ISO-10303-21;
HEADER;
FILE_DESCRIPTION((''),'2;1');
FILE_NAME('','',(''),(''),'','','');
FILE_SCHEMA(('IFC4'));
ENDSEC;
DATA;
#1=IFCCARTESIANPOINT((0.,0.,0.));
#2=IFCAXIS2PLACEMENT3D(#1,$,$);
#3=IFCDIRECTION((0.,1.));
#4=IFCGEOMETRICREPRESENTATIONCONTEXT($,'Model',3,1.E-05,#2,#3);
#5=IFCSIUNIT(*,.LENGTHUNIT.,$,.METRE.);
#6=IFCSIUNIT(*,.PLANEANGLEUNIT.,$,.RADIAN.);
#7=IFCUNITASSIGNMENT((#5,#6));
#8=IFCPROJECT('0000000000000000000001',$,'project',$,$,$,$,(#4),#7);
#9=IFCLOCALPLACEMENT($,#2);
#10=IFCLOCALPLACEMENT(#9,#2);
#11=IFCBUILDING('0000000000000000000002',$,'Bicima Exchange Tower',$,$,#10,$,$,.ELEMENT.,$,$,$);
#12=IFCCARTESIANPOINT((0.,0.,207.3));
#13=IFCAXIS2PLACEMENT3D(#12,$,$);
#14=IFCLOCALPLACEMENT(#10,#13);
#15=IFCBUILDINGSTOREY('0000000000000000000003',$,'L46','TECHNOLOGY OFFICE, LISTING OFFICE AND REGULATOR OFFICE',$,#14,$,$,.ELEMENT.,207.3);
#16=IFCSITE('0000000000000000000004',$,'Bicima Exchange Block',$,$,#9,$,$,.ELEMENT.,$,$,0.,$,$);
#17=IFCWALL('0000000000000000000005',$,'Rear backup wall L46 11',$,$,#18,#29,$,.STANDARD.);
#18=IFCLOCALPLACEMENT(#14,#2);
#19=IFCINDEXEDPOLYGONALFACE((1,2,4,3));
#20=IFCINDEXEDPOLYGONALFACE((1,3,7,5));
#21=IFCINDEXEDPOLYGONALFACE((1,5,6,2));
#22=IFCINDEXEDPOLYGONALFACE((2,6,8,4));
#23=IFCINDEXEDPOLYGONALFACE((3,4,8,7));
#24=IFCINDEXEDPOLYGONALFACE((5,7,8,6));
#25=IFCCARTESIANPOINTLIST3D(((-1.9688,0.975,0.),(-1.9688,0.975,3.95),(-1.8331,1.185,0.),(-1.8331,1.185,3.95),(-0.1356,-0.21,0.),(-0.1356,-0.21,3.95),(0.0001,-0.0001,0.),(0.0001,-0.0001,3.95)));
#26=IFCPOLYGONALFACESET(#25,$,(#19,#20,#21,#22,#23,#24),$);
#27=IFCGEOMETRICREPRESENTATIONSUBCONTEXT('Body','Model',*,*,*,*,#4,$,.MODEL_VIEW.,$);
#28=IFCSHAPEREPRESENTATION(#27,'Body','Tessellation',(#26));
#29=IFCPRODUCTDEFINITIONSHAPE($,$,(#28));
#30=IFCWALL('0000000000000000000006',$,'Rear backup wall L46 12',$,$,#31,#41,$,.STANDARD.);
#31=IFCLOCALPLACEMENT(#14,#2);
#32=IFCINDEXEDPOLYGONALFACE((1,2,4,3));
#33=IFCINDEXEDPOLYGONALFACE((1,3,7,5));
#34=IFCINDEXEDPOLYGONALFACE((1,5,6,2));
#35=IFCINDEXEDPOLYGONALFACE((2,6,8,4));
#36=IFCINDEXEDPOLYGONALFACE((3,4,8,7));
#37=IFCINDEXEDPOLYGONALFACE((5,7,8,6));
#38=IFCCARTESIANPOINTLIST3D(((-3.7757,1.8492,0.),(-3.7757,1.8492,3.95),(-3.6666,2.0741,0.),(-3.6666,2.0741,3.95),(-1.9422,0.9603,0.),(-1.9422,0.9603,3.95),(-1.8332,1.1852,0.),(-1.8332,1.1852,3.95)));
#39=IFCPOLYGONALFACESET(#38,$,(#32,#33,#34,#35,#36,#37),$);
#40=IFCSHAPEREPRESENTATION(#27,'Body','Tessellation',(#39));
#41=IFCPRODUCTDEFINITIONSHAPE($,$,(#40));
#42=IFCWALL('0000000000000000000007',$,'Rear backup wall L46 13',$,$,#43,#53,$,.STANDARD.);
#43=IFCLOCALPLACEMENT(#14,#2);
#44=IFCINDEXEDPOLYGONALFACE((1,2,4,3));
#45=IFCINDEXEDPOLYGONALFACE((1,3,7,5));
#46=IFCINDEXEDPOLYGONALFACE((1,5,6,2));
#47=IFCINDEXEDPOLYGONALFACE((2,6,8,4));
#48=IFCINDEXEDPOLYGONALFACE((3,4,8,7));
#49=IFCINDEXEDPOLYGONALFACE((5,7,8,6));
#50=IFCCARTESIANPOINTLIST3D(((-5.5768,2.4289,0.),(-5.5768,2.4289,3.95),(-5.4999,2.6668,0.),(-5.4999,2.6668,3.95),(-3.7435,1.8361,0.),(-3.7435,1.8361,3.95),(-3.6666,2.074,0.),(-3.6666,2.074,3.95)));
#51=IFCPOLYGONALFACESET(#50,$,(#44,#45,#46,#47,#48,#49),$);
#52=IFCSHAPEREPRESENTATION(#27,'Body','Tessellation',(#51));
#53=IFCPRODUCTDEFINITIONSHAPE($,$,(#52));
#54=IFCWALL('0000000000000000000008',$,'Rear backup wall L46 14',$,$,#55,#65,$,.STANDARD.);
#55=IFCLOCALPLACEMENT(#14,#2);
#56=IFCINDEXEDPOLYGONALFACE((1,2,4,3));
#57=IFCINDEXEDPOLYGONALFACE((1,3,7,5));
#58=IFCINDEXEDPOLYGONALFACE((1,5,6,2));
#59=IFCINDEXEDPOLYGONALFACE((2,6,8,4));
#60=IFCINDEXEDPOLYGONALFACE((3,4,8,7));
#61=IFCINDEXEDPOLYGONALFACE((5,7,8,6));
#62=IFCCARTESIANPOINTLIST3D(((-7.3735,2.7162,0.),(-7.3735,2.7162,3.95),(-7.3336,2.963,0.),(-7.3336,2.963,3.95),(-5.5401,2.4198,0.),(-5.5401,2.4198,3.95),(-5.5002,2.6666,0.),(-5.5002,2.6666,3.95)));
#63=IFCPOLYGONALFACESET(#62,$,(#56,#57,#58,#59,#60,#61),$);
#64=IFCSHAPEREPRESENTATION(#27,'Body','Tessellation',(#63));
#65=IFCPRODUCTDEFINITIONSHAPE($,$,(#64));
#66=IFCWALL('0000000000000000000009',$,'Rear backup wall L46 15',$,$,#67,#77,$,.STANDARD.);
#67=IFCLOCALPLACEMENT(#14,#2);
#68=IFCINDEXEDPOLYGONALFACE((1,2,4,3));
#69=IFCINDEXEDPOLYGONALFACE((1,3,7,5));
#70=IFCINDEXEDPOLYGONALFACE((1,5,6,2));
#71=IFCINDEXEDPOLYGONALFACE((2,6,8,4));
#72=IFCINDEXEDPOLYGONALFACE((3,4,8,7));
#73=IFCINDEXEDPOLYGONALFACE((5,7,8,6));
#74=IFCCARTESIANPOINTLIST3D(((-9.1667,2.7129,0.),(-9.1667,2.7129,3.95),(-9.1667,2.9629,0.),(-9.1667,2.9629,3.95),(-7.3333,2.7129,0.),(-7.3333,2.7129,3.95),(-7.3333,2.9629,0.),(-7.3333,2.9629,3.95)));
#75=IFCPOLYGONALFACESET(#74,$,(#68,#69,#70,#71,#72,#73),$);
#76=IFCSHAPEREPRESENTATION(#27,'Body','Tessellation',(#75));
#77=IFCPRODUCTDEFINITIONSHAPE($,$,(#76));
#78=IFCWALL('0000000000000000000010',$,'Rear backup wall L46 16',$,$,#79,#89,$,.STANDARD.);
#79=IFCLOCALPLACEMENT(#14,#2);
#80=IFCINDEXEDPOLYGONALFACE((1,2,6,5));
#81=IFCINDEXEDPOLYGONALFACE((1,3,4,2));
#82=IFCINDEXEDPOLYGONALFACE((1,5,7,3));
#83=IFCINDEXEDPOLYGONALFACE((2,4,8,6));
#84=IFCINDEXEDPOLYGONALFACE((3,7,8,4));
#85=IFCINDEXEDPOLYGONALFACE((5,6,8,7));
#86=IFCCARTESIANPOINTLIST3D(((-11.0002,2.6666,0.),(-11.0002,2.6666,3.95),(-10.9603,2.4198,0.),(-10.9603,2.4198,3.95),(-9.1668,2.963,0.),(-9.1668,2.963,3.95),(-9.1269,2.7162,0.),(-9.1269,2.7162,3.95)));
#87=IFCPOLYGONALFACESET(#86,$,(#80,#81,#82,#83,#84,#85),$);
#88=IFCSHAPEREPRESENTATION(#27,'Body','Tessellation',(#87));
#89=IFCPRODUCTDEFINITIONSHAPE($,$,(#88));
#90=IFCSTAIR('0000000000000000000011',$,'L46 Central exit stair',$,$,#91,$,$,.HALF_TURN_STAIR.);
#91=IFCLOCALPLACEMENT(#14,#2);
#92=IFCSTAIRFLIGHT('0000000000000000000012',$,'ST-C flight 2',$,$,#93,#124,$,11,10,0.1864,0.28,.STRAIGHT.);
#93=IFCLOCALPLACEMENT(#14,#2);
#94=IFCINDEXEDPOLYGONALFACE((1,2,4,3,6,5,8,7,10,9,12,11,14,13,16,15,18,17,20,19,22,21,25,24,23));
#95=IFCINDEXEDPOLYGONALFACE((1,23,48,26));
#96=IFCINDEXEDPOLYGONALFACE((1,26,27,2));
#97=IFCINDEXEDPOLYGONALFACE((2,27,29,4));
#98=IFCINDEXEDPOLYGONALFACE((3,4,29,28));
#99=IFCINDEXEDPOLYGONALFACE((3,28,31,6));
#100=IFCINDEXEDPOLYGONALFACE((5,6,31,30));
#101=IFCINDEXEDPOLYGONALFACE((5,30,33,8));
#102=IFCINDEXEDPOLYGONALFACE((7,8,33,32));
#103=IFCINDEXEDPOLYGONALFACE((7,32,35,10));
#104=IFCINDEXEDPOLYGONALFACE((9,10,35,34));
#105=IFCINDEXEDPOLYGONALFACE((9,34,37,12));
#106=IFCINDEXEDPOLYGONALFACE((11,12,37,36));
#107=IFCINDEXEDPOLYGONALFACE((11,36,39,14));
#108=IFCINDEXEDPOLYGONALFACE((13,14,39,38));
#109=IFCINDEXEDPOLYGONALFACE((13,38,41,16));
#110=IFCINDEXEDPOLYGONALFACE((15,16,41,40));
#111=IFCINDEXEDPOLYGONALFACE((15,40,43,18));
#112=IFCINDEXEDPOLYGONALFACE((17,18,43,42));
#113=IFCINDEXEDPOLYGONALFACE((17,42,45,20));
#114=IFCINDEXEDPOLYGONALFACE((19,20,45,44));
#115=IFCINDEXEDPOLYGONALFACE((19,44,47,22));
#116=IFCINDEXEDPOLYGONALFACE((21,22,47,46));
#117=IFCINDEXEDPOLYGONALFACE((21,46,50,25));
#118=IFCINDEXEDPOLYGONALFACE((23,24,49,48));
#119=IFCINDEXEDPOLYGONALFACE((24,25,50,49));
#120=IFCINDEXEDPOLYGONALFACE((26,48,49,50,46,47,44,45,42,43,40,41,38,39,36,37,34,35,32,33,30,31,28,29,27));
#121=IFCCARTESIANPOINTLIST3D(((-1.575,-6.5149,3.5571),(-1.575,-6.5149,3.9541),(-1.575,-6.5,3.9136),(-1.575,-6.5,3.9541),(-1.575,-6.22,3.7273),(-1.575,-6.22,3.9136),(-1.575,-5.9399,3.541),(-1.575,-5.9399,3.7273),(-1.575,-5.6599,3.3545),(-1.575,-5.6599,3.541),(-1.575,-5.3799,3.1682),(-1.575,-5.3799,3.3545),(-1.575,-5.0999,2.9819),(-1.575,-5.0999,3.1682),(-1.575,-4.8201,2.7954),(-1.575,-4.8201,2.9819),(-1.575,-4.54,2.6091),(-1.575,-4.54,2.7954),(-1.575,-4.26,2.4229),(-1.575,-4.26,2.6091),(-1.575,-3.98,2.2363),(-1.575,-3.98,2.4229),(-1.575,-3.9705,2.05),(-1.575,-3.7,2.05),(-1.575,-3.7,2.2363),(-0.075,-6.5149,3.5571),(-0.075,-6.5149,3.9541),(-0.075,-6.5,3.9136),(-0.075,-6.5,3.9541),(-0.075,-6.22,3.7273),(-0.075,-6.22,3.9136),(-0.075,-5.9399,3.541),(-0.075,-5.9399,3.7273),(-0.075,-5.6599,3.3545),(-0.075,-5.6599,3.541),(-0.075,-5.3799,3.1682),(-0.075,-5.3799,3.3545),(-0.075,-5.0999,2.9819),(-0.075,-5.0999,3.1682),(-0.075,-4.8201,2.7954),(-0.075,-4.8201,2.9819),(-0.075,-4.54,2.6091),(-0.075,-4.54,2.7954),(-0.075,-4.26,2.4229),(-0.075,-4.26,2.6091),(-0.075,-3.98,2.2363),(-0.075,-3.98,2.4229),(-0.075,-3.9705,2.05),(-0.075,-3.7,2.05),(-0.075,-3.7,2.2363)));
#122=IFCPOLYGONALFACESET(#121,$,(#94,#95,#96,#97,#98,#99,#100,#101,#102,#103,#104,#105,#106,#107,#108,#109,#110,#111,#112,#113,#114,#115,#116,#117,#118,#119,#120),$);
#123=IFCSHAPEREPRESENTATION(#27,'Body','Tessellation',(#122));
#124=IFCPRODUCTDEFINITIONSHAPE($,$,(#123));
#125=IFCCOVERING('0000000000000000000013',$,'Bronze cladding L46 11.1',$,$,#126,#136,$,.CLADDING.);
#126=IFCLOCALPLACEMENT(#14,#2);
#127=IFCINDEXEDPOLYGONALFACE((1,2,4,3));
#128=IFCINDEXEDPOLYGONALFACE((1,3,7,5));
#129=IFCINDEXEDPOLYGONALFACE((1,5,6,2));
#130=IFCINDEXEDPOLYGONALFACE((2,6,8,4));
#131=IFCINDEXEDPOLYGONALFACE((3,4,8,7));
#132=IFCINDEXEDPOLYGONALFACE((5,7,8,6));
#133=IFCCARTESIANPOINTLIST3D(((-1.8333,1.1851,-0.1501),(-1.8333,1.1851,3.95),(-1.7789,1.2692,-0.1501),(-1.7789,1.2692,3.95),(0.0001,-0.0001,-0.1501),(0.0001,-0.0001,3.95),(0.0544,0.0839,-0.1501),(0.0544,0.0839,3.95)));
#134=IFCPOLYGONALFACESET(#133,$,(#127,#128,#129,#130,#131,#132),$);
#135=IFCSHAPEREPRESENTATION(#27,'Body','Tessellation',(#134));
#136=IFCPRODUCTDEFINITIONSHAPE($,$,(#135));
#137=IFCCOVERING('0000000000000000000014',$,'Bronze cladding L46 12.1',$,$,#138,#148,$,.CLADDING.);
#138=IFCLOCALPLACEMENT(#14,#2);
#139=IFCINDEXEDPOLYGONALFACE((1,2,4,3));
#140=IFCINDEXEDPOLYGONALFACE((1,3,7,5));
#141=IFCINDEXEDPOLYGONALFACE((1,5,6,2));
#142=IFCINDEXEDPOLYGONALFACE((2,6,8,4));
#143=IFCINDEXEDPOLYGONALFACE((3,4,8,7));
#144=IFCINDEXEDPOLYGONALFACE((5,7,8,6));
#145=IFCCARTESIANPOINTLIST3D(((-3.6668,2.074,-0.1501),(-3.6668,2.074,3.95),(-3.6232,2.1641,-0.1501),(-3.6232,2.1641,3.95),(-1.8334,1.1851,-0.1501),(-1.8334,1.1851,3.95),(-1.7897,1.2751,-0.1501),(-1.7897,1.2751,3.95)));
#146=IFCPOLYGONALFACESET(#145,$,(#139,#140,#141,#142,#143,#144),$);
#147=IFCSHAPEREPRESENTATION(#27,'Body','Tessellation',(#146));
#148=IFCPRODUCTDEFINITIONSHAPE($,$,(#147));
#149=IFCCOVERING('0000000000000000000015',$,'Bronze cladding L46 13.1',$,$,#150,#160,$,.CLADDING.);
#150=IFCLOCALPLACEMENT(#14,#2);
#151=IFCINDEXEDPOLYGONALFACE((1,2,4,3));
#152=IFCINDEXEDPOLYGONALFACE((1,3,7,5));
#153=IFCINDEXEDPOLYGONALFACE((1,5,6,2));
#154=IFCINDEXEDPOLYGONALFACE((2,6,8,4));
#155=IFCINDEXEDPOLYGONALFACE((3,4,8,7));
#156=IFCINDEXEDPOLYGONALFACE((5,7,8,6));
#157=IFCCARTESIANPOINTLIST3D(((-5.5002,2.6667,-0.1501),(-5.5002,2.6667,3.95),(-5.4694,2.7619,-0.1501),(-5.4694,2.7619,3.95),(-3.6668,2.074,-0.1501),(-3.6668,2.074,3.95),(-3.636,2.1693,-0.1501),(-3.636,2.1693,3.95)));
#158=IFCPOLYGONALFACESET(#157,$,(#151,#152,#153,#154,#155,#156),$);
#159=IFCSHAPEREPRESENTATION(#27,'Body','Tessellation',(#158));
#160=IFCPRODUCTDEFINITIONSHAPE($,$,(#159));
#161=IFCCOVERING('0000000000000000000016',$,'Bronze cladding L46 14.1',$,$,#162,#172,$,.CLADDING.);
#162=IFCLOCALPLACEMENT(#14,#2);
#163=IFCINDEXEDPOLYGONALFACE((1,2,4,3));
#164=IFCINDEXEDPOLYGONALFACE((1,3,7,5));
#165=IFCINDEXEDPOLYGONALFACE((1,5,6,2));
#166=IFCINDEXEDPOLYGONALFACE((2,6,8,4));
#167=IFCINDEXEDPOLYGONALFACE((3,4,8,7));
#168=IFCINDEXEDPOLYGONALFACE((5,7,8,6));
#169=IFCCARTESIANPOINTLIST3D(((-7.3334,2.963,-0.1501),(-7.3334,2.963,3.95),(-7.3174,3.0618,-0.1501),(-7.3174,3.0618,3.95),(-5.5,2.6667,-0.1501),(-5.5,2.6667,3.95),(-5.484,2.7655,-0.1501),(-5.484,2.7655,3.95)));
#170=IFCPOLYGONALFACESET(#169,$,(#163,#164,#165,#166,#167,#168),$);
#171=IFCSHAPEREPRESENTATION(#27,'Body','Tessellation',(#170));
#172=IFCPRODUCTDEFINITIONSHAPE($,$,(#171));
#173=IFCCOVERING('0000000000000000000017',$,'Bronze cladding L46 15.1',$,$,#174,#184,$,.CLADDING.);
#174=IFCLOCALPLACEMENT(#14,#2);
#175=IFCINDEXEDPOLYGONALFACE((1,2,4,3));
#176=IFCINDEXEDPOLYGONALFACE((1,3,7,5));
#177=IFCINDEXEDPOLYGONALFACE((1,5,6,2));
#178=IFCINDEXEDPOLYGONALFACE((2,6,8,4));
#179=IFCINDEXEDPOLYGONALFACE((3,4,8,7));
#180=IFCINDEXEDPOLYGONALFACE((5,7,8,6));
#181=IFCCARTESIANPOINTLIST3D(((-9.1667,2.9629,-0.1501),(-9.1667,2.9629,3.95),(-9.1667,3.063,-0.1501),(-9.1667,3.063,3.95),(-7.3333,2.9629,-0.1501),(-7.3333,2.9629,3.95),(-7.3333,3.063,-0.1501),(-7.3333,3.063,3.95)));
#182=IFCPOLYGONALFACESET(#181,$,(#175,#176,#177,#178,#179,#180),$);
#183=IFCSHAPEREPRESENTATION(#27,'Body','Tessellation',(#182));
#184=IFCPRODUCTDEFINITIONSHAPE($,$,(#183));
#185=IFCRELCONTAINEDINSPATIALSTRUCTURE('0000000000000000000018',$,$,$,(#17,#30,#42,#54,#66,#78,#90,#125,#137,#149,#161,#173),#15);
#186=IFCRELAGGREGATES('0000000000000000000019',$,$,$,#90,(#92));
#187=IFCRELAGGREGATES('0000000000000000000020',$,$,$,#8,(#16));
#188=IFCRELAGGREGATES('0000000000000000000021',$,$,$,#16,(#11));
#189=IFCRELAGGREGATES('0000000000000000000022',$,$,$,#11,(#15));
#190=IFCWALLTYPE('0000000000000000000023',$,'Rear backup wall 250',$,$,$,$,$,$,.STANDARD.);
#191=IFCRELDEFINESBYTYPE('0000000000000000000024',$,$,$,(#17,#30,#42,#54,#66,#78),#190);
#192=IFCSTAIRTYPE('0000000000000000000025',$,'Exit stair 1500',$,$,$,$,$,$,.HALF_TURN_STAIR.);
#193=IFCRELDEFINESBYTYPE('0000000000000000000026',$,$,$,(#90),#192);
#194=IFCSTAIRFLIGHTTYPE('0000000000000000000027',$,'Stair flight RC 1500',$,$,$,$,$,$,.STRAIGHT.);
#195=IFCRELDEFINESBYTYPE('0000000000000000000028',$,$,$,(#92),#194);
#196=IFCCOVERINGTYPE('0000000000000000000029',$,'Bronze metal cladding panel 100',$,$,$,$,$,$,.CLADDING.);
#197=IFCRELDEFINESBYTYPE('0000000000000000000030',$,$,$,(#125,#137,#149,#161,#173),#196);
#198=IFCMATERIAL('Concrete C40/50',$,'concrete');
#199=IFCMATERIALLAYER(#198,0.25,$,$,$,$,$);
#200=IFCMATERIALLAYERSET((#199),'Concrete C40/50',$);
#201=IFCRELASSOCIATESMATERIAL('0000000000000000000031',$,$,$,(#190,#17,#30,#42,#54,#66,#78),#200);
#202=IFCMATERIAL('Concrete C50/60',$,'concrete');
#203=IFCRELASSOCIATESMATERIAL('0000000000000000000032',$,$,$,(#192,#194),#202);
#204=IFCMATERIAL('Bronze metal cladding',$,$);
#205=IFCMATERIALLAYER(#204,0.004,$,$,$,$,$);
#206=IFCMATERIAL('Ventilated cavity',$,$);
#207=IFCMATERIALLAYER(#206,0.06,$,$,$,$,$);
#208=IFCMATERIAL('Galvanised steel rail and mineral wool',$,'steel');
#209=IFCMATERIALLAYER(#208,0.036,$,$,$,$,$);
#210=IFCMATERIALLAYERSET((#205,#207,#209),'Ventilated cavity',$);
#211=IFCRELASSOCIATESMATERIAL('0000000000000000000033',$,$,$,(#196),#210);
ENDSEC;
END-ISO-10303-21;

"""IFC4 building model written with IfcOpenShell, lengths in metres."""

from ifc_helpers import new_model, si_unit, direction, frame, frame_2d, origin, origin_2d, place, context, subcontext, project, spatial, polyline, rectangle, outline, extrude, material, layer, layer_set, layer_usage, type_object, element, aggregate, save


model = new_model("IFC4")

# Units and contexts
model_context = context("Model", 3, precision=1e-05, world=origin(), true_north=direction((0.0, 1.0)))
body_context = subcontext(model_context, "Body", "Model", "MODEL_VIEW")
ifc_project = project(units=[si_unit("LENGTHUNIT", "METRE"), si_unit("PLANEANGLEUNIT", "RADIAN")], contexts=[model_context])

# Site, building, storey
site_placement = place(None, origin())
site = spatial("IfcSite", under=ifc_project, at=site_placement, Name="Bicima Exchange Block", CompositionType="ELEMENT", RefElevation=0.0)
building_placement = place(site_placement, origin())
building = spatial("IfcBuilding", under=site, at=building_placement, Name="Bicima Exchange Tower", CompositionType="ELEMENT")
storey_placement = place(building_placement, frame((0.0, 0.0, 207.3)))
storey = spatial("IfcBuildingStorey", under=building, at=storey_placement, Name="L46", Description="TECHNOLOGY OFFICE, LISTING OFFICE AND REGULATOR OFFICE", CompositionType="ELEMENT", Elevation=207.3)

# Shared definitions
ifc_material_1 = material(Name="Concrete C50/60", Category="concrete")

# Walls
ifc_material_2 = material(Name="Concrete C40/50", Category="concrete")
ifc_layer_1 = layer(ifc_material_2, 0.25)
ifc_layer_set_1 = layer_set([ifc_layer_1], Name="Concrete C40/50")
ifc_layer_usage = layer_usage(ifc_layer_set_1, "AXIS2", "POSITIVE", -0.125)
wall_type_1 = type_object("IfcWallType", Name="Rear backup wall 250", PredefinedType="STANDARD", material=ifc_layer_set_1)
wall_1_placement = place(storey_placement, frame((-0.0679, -0.105, 0.0), z_axis=(0.0, 0.0, 1.0), x_axis=(-0.839813, 0.542876, 0.0)))
element("IfcWall", 1, at=wall_1_placement, inside=storey, type_object=wall_type_1, material=ifc_layer_usage, Name="Rear backup wall L46 11", PredefinedType="STANDARD", context=body_context, shape_type="SweptSolid", body=[
    extrude(rectangle(XDim=2.1829, YDim=0.25, at=frame_2d((1.0913, 0.0))), origin(), (0.0, 0.0, 1.0), 3.95),
])
wall_2_placement = place(storey_placement, frame((-1.8877, 1.0728, 0.0), z_axis=(0.0, 0.0, 1.0), x_axis=(-0.899824, 0.436253, 0.0)))
element("IfcWall", 2, at=wall_2_placement, inside=storey, type_object=wall_type_1, material=ifc_layer_usage, Name="Rear backup wall L46 12", PredefinedType="STANDARD", context=body_context, shape_type="SweptSolid", body=[
    extrude(rectangle(XDim=2.0376, YDim=0.25, at=frame_2d((1.0188, 0.0))), origin(), (0.0, 0.0, 1.0), 3.95),
])
wall_3_placement = place(storey_placement, frame((-3.7051, 1.9551, 0.0), z_axis=(0.0, 0.0, 1.0), x_axis=(-0.951496, 0.307662, 0.0)))
element("IfcWall", 3, at=wall_3_placement, inside=storey, type_object=wall_type_1, material=ifc_layer_usage, Name="Rear backup wall L46 13", PredefinedType="STANDARD", context=body_context, shape_type="SweptSolid", body=[
    extrude(rectangle(XDim=1.9268, YDim=0.25, at=frame_2d((0.9634, 0.0))), origin(), (0.0, 0.0, 1.0), 3.95),
])
wall_4_placement = place(storey_placement, frame((-5.52, 2.5432, 0.0), z_axis=(0.0, 0.0, 1.0), x_axis=(-0.987182, 0.1596, 0.0)))
element("IfcWall", 4, at=wall_4_placement, inside=storey, type_object=wall_type_1, material=ifc_layer_usage, Name="Rear backup wall L46 14", PredefinedType="STANDARD", context=body_context, shape_type="SweptSolid", body=[
    extrude(rectangle(XDim=1.8572, YDim=0.25, at=frame_2d((0.9287, 0.0))), origin(), (0.0, 0.0, 1.0), 3.95),
])
wall_5_placement = place(storey_placement, frame((-7.3333, 2.8379, 0.0), z_axis=(0.0, 0.0, 1.0), x_axis=(-1.0, 0.0, 0.0)))
element("IfcWall", 5, at=wall_5_placement, inside=storey, type_object=wall_type_1, material=ifc_layer_usage, Name="Rear backup wall L46 15", PredefinedType="STANDARD", context=body_context, shape_type="SweptSolid", body=[
    extrude(rectangle(XDim=1.8335, YDim=0.25, at=frame_2d((0.9167, 0.0))), origin(), (0.0, 0.0, 1.0), 3.95),
])
wall_6_placement = place(storey_placement, frame((-9.1467, 2.8396, 0.0), z_axis=(0.0, 0.0, 1.0), x_axis=(-0.987182, -0.1596, 0.0)))
element("IfcWall", 6, at=wall_6_placement, inside=storey, type_object=wall_type_1, material=ifc_layer_usage, Name="Rear backup wall L46 16", PredefinedType="STANDARD", context=body_context, shape_type="SweptSolid", body=[
    extrude(rectangle(XDim=1.8572, YDim=0.25, at=frame_2d((0.9287, 0.0))), origin(), (0.0, 0.0, 1.0), 3.95),
])

# Stair, stair flight
stair_type = type_object("IfcStairType", Name="Exit stair 1500", PredefinedType="HALF_TURN_STAIR", material=ifc_material_1)
stair_placement = place(storey_placement, origin())
stair = element("IfcStair", 7, at=stair_placement, inside=storey, type_object=stair_type, Name="L46 Central exit stair", PredefinedType="HALF_TURN_STAIR")
stair_flight_type = type_object("IfcStairFlightType", Name="Stair flight RC 1500", PredefinedType="STRAIGHT", material=ifc_material_1)
stair_flight_placement = place(storey_placement, frame((-0.825, -3.7, 2.05), z_axis=(0.0, 0.0, 1.0), x_axis=(0.0, -1.0, 0.0)))
stair_flight = element("IfcStairFlight", 8, at=stair_flight_placement, type_object=stair_flight_type, Name="ST-C flight 2", NumberOfRisers=11, NumberOfTreads=10, PredefinedType="STRAIGHT", RiserHeight=0.1864, TreadLength=0.28, context=body_context, shape_type="SweptSolid", body=[
    extrude(outline(polyline([(0.0, 0.0), (0.0, 0.1863), (0.28, 0.1863), (0.28, 0.3728), (0.5601, 0.3728), (0.5601, 0.5591), (0.8401, 0.5591), (0.8401, 0.7454), (1.1201, 0.7454), (1.1201, 0.9319), (1.3999, 0.9319), (1.3999, 1.1182), (1.6799, 1.1182), (1.6799, 1.3044), (1.96, 1.3044), (1.96, 1.491), (2.24, 1.491), (2.24, 1.6772), (2.52, 1.6772), (2.52, 1.8635), (2.8, 1.8635), (2.8, 1.9041), (2.8149, 1.9041), (2.8149, 1.5071), (0.2705, 0.0), (0.0, 0.0)])), frame((0.0, 0.75, 0.0), z_axis=(0.0, -1.0, 0.0), x_axis=(1.0, 0.0, 0.0)), (0.0, 0.0, 1.0), 1.5),
])
aggregate(stair, [stair_flight])

# Coverings
ifc_material_3 = material(Name="Bronze metal cladding")
ifc_layer_2 = layer(ifc_material_3, 0.004)
ifc_material_4 = material(Name="Ventilated cavity")
ifc_layer_3 = layer(ifc_material_4, 0.06)
ifc_material_5 = material(Name="Galvanised steel rail and mineral wool", Category="steel")
ifc_layer_4 = layer(ifc_material_5, 0.036)
ifc_layer_set_2 = layer_set([ifc_layer_2, ifc_layer_3, ifc_layer_4], Name="Ventilated cavity")
covering_type = type_object("IfcCoveringType", Name="Bronze metal cladding panel 100", PredefinedType="CLADDING", material=ifc_layer_set_2)
covering_1_placement = place(storey_placement, frame((-0.8894, 0.6345, -0.1501), z_axis=(0.0, 0.0, 1.0), x_axis=(-0.83979, 0.542911, 0.0)))
element("IfcCovering", 9, at=covering_1_placement, inside=storey, type_object=covering_type, Name="Bronze cladding L46 11.1", PredefinedType="CLADDING", context=body_context, shape_type="SweptSolid", body=[
    extrude(rectangle(XDim=2.1831, YDim=0.1001, at=origin_2d()), origin(), (0.0, 0.0, 1.0), 4.1001),
])
covering_2_placement = place(storey_placement, frame((-2.7283, 1.6746, -0.1501), z_axis=(0.0, 0.0, 1.0), x_axis=(-0.899818, 0.436265, 0.0)))
element("IfcCovering", 10, at=covering_2_placement, inside=storey, type_object=covering_type, Name="Bronze cladding L46 12.1", PredefinedType="CLADDING", context=body_context, shape_type="SweptSolid", body=[
    extrude(rectangle(XDim=2.0376, YDim=0.1001, at=origin_2d()), origin(), (0.0, 0.0, 1.0), 4.1001),
])
covering_3_placement = place(storey_placement, frame((-4.5681, 2.418, -0.1501), z_axis=(0.0, 0.0, 1.0), x_axis=(-0.951525, 0.307573, 0.0)))
element("IfcCovering", 11, at=covering_3_placement, inside=storey, type_object=covering_type, Name="Bronze cladding L46 13.1", PredefinedType="CLADDING", context=body_context, shape_type="SweptSolid", body=[
    extrude(rectangle(XDim=1.9268, YDim=0.1001, at=origin_2d()), origin(), (0.0, 0.0, 1.0), 4.1001),
])
covering_4_placement = place(storey_placement, frame((-6.4087, 2.8643, -0.1501), z_axis=(0.0, 0.0, 1.0), x_axis=(-0.98719, 0.15955, 0.0)))
element("IfcCovering", 12, at=covering_4_placement, inside=storey, type_object=covering_type, Name="Bronze cladding L46 14.1", PredefinedType="CLADDING", context=body_context, shape_type="SweptSolid", body=[
    extrude(rectangle(XDim=1.8572, YDim=0.1001, at=origin_2d()), origin(), (0.0, 0.0, 1.0), 4.1001),
])
covering_5_placement = place(storey_placement, frame((-8.25, 3.0129, -0.1501), z_axis=(0.0, 0.0, 1.0), x_axis=(-1.0, 0.0, 0.0)))
element("IfcCovering", 13, at=covering_5_placement, inside=storey, type_object=covering_type, Name="Bronze cladding L46 15.1", PredefinedType="CLADDING", context=body_context, shape_type="SweptSolid", body=[
    extrude(rectangle(XDim=1.8335, YDim=0.1001, at=origin_2d()), origin(), (0.0, 0.0, 1.0), 4.1001),
])

save(model, "model.ifc")
